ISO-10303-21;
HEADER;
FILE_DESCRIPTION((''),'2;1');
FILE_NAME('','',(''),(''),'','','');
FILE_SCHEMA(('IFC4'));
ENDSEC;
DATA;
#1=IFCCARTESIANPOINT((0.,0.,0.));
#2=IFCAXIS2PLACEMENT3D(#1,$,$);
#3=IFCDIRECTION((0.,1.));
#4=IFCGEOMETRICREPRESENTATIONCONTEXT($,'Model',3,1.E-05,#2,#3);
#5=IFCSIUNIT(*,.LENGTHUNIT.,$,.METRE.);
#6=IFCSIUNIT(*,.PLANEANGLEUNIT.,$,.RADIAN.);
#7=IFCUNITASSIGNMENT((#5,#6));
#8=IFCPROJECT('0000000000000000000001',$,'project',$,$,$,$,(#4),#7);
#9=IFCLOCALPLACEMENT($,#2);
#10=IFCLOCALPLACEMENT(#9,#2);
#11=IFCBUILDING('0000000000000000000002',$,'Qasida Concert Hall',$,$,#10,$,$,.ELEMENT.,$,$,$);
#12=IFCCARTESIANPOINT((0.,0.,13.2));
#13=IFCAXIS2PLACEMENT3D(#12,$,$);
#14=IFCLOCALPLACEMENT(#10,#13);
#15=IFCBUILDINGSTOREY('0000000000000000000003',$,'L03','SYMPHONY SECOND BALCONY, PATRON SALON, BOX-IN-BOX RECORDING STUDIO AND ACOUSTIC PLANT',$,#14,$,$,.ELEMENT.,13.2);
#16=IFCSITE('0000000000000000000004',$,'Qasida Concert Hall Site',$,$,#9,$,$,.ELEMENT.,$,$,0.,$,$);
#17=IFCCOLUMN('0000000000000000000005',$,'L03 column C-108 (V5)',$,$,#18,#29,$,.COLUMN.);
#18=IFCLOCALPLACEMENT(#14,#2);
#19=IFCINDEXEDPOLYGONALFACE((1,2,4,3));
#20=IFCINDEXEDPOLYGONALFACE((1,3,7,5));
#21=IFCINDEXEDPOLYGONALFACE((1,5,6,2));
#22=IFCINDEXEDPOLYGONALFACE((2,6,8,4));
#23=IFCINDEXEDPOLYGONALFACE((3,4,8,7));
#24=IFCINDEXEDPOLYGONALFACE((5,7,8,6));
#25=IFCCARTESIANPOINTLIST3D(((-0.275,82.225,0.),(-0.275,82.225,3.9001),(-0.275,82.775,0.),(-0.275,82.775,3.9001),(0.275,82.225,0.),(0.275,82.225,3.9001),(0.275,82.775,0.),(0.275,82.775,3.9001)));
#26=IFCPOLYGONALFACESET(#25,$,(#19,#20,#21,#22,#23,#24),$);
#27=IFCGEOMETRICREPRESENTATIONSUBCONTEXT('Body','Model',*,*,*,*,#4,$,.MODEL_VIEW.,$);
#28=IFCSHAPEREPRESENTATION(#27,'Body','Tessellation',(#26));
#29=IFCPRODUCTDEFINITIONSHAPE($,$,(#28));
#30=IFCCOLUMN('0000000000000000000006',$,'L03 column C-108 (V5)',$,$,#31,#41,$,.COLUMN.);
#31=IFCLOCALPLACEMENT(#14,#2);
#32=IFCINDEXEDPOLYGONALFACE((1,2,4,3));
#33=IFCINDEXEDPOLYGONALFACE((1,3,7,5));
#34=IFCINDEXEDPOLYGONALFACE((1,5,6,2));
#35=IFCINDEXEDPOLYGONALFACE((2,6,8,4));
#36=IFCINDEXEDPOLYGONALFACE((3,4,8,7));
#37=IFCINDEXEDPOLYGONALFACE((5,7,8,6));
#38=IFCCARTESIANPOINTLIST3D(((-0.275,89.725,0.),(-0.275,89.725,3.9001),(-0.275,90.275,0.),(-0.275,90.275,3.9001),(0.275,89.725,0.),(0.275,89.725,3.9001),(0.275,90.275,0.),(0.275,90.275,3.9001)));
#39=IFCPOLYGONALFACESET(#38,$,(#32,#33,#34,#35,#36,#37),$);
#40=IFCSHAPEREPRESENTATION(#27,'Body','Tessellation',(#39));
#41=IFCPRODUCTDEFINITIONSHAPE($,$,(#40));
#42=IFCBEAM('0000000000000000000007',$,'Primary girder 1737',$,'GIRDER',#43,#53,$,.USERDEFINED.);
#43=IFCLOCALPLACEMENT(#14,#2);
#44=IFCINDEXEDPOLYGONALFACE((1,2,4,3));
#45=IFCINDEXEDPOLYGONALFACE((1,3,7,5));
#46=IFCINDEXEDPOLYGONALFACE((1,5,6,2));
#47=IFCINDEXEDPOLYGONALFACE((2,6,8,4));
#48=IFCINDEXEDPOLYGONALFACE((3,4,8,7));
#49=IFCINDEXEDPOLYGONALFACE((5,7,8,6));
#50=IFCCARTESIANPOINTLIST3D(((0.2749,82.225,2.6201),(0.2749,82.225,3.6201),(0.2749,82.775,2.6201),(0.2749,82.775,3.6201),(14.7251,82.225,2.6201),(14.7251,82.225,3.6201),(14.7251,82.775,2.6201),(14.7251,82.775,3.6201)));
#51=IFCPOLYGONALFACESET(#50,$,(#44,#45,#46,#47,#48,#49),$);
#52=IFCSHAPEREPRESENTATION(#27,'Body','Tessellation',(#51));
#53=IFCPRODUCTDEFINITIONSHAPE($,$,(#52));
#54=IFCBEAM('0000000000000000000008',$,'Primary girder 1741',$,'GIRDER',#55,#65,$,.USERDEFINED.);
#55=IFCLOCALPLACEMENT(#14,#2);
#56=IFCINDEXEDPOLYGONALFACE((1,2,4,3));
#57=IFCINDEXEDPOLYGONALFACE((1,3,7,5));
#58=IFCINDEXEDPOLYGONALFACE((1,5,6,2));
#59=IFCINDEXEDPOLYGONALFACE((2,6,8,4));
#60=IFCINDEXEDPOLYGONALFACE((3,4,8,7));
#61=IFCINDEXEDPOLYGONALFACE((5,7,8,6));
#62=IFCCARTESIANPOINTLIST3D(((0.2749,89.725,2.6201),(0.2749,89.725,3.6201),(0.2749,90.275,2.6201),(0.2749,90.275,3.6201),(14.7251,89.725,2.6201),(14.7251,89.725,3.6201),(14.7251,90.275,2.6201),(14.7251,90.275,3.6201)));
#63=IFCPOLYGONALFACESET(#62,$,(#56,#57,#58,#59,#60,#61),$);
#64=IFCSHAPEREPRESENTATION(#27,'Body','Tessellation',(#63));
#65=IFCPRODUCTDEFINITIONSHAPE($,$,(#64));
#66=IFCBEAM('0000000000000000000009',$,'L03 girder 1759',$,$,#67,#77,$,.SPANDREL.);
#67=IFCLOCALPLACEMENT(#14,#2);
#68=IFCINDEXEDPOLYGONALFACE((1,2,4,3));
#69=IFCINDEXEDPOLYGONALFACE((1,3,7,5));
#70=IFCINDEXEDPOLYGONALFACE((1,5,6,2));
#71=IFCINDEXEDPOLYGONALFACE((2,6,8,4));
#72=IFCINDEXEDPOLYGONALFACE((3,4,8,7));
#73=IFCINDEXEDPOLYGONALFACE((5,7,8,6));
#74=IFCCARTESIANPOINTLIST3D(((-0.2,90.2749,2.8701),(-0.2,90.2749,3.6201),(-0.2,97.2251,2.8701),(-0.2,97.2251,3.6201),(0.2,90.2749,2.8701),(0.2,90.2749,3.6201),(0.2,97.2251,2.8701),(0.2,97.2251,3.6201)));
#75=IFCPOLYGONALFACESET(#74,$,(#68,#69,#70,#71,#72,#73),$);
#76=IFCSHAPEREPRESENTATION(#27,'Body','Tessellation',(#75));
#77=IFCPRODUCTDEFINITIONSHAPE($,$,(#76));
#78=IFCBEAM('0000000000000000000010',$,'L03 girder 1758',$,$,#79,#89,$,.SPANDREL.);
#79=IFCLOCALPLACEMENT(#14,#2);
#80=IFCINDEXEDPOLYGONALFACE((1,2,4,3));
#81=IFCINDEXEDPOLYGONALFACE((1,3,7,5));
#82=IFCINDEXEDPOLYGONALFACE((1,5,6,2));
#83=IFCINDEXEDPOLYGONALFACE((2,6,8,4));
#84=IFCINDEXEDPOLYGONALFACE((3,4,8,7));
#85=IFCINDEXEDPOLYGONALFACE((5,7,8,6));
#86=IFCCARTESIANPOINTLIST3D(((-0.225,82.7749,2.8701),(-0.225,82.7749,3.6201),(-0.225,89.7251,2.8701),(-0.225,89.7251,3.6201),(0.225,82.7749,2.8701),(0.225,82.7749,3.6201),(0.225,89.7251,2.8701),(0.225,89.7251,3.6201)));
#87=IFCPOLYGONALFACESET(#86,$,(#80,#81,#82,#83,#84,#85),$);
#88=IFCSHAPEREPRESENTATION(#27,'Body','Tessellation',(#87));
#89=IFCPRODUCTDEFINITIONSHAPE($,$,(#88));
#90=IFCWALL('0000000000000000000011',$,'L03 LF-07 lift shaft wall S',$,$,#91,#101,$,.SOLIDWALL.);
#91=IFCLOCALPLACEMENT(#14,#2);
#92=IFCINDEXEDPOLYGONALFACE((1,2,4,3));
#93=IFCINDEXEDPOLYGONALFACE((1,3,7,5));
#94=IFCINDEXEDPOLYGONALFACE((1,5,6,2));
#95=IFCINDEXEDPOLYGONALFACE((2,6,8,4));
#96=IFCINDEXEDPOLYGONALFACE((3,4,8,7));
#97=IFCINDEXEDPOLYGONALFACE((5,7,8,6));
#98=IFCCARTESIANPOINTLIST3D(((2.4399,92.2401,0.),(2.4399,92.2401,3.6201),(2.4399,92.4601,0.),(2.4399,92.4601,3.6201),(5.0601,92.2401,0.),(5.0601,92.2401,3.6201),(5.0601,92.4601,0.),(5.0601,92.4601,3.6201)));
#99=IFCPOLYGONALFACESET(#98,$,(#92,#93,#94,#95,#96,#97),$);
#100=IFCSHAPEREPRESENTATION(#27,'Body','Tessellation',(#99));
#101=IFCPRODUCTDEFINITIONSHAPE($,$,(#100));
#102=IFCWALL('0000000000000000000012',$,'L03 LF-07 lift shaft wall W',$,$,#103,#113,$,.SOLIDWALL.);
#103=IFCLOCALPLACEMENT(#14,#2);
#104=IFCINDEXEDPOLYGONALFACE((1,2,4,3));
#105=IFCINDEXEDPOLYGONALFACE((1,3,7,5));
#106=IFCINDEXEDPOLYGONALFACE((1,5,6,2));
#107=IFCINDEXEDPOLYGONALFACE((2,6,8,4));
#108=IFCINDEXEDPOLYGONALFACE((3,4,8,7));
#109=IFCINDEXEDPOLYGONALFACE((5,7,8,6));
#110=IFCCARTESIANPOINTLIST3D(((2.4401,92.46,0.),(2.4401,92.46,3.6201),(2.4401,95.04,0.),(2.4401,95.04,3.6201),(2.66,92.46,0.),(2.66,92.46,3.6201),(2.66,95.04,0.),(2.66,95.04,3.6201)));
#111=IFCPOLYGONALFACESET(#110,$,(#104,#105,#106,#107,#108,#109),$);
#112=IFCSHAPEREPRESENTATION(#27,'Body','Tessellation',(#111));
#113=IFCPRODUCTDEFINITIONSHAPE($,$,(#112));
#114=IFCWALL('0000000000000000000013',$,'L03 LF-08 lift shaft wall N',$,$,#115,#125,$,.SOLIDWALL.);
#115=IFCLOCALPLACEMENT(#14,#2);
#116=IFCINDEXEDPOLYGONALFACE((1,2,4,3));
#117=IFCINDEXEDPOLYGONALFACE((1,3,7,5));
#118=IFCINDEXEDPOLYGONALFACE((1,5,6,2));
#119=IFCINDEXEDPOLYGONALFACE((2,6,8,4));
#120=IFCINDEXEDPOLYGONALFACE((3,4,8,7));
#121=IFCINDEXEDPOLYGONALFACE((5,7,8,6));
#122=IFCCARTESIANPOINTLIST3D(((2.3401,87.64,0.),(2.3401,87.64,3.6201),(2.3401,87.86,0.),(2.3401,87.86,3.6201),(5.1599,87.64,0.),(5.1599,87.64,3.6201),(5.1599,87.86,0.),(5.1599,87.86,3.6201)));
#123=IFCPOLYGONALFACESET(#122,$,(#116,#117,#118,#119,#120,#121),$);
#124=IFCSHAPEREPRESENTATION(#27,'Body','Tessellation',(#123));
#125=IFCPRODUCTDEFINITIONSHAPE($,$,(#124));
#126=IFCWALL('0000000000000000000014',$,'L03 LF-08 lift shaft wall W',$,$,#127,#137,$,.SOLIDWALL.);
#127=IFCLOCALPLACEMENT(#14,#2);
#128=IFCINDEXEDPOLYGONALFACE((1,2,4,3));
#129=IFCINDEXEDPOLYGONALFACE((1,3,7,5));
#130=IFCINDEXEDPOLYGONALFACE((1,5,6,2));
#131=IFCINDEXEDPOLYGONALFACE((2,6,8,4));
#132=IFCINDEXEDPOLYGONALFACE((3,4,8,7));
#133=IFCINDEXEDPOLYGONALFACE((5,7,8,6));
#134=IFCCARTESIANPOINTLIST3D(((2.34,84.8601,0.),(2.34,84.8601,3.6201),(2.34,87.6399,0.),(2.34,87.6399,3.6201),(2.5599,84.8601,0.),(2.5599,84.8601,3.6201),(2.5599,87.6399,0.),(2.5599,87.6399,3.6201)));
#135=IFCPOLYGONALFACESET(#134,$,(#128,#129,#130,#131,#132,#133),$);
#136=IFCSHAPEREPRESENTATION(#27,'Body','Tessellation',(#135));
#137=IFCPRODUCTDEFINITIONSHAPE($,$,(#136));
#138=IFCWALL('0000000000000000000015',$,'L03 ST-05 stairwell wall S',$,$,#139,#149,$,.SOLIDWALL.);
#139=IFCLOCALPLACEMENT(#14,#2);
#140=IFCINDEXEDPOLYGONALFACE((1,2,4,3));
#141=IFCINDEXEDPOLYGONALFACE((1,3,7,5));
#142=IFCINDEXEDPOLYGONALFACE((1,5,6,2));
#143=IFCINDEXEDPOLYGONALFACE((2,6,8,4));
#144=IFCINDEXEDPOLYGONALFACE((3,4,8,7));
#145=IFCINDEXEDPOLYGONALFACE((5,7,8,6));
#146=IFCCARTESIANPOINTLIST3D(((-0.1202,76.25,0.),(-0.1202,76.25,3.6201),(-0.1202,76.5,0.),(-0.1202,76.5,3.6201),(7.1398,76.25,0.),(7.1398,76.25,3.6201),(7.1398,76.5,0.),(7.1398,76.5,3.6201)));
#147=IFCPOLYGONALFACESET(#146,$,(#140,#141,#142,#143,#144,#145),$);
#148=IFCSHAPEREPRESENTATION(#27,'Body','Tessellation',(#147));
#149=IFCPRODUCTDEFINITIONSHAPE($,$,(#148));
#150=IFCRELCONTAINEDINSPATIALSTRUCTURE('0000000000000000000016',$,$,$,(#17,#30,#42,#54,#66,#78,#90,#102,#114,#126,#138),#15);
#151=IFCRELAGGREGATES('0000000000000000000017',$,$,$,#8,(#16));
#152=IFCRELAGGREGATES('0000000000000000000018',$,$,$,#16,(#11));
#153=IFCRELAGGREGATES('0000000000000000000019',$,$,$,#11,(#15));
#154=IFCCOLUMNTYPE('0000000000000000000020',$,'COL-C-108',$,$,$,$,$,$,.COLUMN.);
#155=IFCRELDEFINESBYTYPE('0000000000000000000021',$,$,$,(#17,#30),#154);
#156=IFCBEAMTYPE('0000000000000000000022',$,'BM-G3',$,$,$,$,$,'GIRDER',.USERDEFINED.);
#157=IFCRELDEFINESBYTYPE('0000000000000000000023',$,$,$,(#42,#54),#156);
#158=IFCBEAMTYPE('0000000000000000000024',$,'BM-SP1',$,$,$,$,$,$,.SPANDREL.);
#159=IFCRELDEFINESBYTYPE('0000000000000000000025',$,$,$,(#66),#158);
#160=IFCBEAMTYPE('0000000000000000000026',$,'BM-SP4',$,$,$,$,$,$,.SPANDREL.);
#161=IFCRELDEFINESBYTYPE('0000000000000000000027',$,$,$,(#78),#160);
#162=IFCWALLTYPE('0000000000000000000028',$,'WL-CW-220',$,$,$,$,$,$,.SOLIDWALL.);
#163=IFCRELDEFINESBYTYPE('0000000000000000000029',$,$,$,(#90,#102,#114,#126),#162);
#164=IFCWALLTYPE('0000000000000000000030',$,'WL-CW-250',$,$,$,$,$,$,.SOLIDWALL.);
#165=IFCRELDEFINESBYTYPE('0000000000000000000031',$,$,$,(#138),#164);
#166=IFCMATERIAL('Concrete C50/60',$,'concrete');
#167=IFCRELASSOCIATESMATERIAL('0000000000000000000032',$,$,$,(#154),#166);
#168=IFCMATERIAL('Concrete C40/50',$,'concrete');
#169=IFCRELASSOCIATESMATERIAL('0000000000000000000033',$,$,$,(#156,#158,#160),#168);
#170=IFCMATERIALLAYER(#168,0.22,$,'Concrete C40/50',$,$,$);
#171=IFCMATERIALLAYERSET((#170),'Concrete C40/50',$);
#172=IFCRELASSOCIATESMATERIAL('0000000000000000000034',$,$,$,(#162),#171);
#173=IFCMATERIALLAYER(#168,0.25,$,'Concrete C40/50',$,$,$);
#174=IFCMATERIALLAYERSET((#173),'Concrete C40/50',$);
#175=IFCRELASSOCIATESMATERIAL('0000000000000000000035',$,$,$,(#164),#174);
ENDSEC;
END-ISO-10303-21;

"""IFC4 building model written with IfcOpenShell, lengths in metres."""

from ifc_helpers import new_model, si_unit, direction, frame, frame_2d, origin, origin_2d, place, context, subcontext, project, spatial, rectangle, extrude, material, layer, layer_set, material_profile, profile_set, type_object, element, save


model = new_model("IFC4")

# Units and contexts
model_context = context("Model", 3, precision=1e-05, world=origin(), true_north=direction((0.0, 1.0)))
body_context = subcontext(model_context, "Body", "Model", "MODEL_VIEW")
ifc_project = project(units=[si_unit("LENGTHUNIT", "METRE"), si_unit("PLANEANGLEUNIT", "RADIAN")], contexts=[model_context])

# Site, building, storey
site_placement = place(None, origin())
site = spatial("IfcSite", under=ifc_project, at=site_placement, Name="Qasida Concert Hall Site", CompositionType="ELEMENT", RefElevation=0.0)
building_placement = place(site_placement, origin())
building = spatial("IfcBuilding", under=site, at=building_placement, Name="Qasida Concert Hall", CompositionType="ELEMENT")
storey_placement = place(building_placement, frame((0.0, 0.0, 13.2)))
storey = spatial("IfcBuildingStorey", under=building, at=storey_placement, Name="L03", Description="SYMPHONY SECOND BALCONY, PATRON SALON, BOX-IN-BOX RECORDING STUDIO AND ACOUSTIC PLANT", CompositionType="ELEMENT", Elevation=13.2)

# Columns
ifc_material_1 = material(Name="Concrete C50/60", Category="concrete")
ifc_material_profile_1 = material_profile(ifc_material_1, rectangle(XDim=0.55, YDim=0.55, at=origin_2d()), Name="RC 550x550")
ifc_profile_set_1 = profile_set([ifc_material_profile_1], Name="Concrete C50/60")
column_type = type_object("IfcColumnType", Name="COL-C-108", PredefinedType="COLUMN", material=ifc_profile_set_1)
for number, where, z_axis, x_axis, name in (
    (1, (0.0, 82.5, 0.0), (0.0, 0.0, 1.0), (1.0, 0.0, 0.0), "L03 column C-108 (V5)"),
    (2, (0.0, 90.0, 0.0), (0.0, 0.0, 1.0), (1.0, 0.0, 0.0), "L03 column C-108 (V5)"),
):
    element("IfcColumn", number, at=place(storey_placement, frame(where, z_axis=z_axis, x_axis=x_axis)), inside=storey, type_object=column_type, Name=name, PredefinedType="COLUMN", context=body_context, shape_type="SweptSolid", body=[
        extrude(rectangle(XDim=0.55, YDim=0.55, at=origin_2d()), origin(), (0.0, 0.0, 1.0), 3.9001),
    ])

# Beams
ifc_material_2 = material(Name="Concrete C40/50", Category="concrete")
ifc_material_profile_2 = material_profile(ifc_material_2, rectangle(XDim=0.55, YDim=1.0, at=origin_2d()), Name="RC 550x1000")
ifc_profile_set_2 = profile_set([ifc_material_profile_2], Name="Concrete C40/50")
beam_type_1 = type_object("IfcBeamType", Name="BM-G3", ElementType="GIRDER", PredefinedType="USERDEFINED", material=ifc_profile_set_2)
for number, where, z_axis, x_axis, name in (
    (3, (0.2749, 82.5, 3.1201), (1.0, 0.0, 0.0), (0.0, 1.0, 0.0), "Primary girder 1737"),
    (4, (0.2749, 90.0, 3.1201), (1.0, 0.0, 0.0), (0.0, 1.0, 0.0), "Primary girder 1741"),
):
    element("IfcBeam", number, at=place(storey_placement, frame(where, z_axis=z_axis, x_axis=x_axis)), inside=storey, type_object=beam_type_1, Name=name, ObjectType="GIRDER", PredefinedType="USERDEFINED", context=body_context, shape_type="SweptSolid", body=[
        extrude(rectangle(XDim=0.55, YDim=1.0, at=origin_2d()), origin(), (0.0, 0.0, 1.0), 14.4502),
    ])
ifc_material_profile_3 = material_profile(ifc_material_2, rectangle(XDim=0.3999, YDim=0.75, at=origin_2d()), Name="RC 400x750")
ifc_profile_set_3 = profile_set([ifc_material_profile_3], Name="Concrete C40/50")
beam_type_2 = type_object("IfcBeamType", Name="BM-SP1", PredefinedType="SPANDREL", material=ifc_profile_set_3)
beam_1_placement = place(storey_placement, frame((0.0, 90.2749, 3.2451), z_axis=(0.0, 1.0, 0.0), x_axis=(-1.0, 0.0, 0.0)))
element("IfcBeam", 5, at=beam_1_placement, inside=storey, type_object=beam_type_2, Name="L03 girder 1759", PredefinedType="SPANDREL", context=body_context, shape_type="SweptSolid", body=[
    extrude(rectangle(XDim=0.3999, YDim=0.75, at=origin_2d()), origin(), (0.0, 0.0, 1.0), 6.9502),
])
ifc_material_profile_4 = material_profile(ifc_material_2, rectangle(XDim=0.45, YDim=0.75, at=origin_2d()), Name="RC 450x750")
ifc_profile_set_4 = profile_set([ifc_material_profile_4], Name="Concrete C40/50")
beam_type_3 = type_object("IfcBeamType", Name="BM-SP4", PredefinedType="SPANDREL", material=ifc_profile_set_4)
beam_2_placement = place(storey_placement, frame((0.0, 82.7749, 3.2451), z_axis=(0.0, 1.0, 0.0), x_axis=(-1.0, 0.0, 0.0)))
element("IfcBeam", 6, at=beam_2_placement, inside=storey, type_object=beam_type_3, Name="L03 girder 1758", PredefinedType="SPANDREL", context=body_context, shape_type="SweptSolid", body=[
    extrude(rectangle(XDim=0.45, YDim=0.75, at=origin_2d()), origin(), (0.0, 0.0, 1.0), 6.9502),
])

# Walls
ifc_layer_1 = layer(ifc_material_2, 0.22, Name="Concrete C40/50")
ifc_layer_set_1 = layer_set([ifc_layer_1], Name="Concrete C40/50")
wall_type_1 = type_object("IfcWallType", Name="WL-CW-220", PredefinedType="SOLIDWALL", material=ifc_layer_set_1)
wall_1_placement = place(storey_placement, frame((2.4399, 92.3501, 0.0), z_axis=(0.0, 0.0, 1.0), x_axis=(1.0, 0.0, 0.0)))
element("IfcWall", 7, at=wall_1_placement, inside=storey, type_object=wall_type_1, Name="L03 LF-07 lift shaft wall S", PredefinedType="SOLIDWALL", context=body_context, shape_type="SweptSolid", body=[
    extrude(rectangle(XDim=2.6201, YDim=0.22, at=frame_2d((1.3101, 0.0))), origin(), (0.0, 0.0, 1.0), 3.6201),
])
wall_2_placement = place(storey_placement, frame((2.55, 92.46, 0.0), z_axis=(0.0, 0.0, 1.0), x_axis=(0.0, 1.0, 0.0)))
element("IfcWall", 8, at=wall_2_placement, inside=storey, type_object=wall_type_1, Name="L03 LF-07 lift shaft wall W", PredefinedType="SOLIDWALL", context=body_context, shape_type="SweptSolid", body=[
    extrude(rectangle(XDim=2.5801, YDim=0.22, at=frame_2d((1.29, 0.0))), origin(), (0.0, 0.0, 1.0), 3.6201),
])

# Walls
wall_3_placement = place(storey_placement, frame((2.3401, 87.75, 0.0), z_axis=(0.0, 0.0, 1.0), x_axis=(1.0, 0.0, 0.0)))
element("IfcWall", 9, at=wall_3_placement, inside=storey, type_object=wall_type_1, Name="L03 LF-08 lift shaft wall N", PredefinedType="SOLIDWALL", context=body_context, shape_type="SweptSolid", body=[
    extrude(rectangle(XDim=2.8198, YDim=0.22, at=frame_2d((1.4099, 0.0))), origin(), (0.0, 0.0, 1.0), 3.6201),
])
wall_4_placement = place(storey_placement, frame((2.45, 84.8601, 0.0), z_axis=(0.0, 0.0, 1.0), x_axis=(0.0, 1.0, 0.0)))
element("IfcWall", 10, at=wall_4_placement, inside=storey, type_object=wall_type_1, Name="L03 LF-08 lift shaft wall W", PredefinedType="SOLIDWALL", context=body_context, shape_type="SweptSolid", body=[
    extrude(rectangle(XDim=2.7798, YDim=0.22, at=frame_2d((1.3899, 0.0))), origin(), (0.0, 0.0, 1.0), 3.6201),
])
ifc_layer_2 = layer(ifc_material_2, 0.25, Name="Concrete C40/50")
ifc_layer_set_2 = layer_set([ifc_layer_2], Name="Concrete C40/50")
wall_type_2 = type_object("IfcWallType", Name="WL-CW-250", PredefinedType="SOLIDWALL", material=ifc_layer_set_2)
wall_5_placement = place(storey_placement, frame((-0.1201, 76.375, 0.0), z_axis=(0.0, 0.0, 1.0), x_axis=(1.0, 0.0, 0.0)))
element("IfcWall", 11, at=wall_5_placement, inside=storey, type_object=wall_type_2, Name="L03 ST-05 stairwell wall S", PredefinedType="SOLIDWALL", context=body_context, shape_type="SweptSolid", body=[
    extrude(rectangle(XDim=7.26, YDim=0.25, at=frame_2d((3.6299, 0.0))), origin(), (0.0, 0.0, 1.0), 3.6201),
])

save(model, "model.ifc")
